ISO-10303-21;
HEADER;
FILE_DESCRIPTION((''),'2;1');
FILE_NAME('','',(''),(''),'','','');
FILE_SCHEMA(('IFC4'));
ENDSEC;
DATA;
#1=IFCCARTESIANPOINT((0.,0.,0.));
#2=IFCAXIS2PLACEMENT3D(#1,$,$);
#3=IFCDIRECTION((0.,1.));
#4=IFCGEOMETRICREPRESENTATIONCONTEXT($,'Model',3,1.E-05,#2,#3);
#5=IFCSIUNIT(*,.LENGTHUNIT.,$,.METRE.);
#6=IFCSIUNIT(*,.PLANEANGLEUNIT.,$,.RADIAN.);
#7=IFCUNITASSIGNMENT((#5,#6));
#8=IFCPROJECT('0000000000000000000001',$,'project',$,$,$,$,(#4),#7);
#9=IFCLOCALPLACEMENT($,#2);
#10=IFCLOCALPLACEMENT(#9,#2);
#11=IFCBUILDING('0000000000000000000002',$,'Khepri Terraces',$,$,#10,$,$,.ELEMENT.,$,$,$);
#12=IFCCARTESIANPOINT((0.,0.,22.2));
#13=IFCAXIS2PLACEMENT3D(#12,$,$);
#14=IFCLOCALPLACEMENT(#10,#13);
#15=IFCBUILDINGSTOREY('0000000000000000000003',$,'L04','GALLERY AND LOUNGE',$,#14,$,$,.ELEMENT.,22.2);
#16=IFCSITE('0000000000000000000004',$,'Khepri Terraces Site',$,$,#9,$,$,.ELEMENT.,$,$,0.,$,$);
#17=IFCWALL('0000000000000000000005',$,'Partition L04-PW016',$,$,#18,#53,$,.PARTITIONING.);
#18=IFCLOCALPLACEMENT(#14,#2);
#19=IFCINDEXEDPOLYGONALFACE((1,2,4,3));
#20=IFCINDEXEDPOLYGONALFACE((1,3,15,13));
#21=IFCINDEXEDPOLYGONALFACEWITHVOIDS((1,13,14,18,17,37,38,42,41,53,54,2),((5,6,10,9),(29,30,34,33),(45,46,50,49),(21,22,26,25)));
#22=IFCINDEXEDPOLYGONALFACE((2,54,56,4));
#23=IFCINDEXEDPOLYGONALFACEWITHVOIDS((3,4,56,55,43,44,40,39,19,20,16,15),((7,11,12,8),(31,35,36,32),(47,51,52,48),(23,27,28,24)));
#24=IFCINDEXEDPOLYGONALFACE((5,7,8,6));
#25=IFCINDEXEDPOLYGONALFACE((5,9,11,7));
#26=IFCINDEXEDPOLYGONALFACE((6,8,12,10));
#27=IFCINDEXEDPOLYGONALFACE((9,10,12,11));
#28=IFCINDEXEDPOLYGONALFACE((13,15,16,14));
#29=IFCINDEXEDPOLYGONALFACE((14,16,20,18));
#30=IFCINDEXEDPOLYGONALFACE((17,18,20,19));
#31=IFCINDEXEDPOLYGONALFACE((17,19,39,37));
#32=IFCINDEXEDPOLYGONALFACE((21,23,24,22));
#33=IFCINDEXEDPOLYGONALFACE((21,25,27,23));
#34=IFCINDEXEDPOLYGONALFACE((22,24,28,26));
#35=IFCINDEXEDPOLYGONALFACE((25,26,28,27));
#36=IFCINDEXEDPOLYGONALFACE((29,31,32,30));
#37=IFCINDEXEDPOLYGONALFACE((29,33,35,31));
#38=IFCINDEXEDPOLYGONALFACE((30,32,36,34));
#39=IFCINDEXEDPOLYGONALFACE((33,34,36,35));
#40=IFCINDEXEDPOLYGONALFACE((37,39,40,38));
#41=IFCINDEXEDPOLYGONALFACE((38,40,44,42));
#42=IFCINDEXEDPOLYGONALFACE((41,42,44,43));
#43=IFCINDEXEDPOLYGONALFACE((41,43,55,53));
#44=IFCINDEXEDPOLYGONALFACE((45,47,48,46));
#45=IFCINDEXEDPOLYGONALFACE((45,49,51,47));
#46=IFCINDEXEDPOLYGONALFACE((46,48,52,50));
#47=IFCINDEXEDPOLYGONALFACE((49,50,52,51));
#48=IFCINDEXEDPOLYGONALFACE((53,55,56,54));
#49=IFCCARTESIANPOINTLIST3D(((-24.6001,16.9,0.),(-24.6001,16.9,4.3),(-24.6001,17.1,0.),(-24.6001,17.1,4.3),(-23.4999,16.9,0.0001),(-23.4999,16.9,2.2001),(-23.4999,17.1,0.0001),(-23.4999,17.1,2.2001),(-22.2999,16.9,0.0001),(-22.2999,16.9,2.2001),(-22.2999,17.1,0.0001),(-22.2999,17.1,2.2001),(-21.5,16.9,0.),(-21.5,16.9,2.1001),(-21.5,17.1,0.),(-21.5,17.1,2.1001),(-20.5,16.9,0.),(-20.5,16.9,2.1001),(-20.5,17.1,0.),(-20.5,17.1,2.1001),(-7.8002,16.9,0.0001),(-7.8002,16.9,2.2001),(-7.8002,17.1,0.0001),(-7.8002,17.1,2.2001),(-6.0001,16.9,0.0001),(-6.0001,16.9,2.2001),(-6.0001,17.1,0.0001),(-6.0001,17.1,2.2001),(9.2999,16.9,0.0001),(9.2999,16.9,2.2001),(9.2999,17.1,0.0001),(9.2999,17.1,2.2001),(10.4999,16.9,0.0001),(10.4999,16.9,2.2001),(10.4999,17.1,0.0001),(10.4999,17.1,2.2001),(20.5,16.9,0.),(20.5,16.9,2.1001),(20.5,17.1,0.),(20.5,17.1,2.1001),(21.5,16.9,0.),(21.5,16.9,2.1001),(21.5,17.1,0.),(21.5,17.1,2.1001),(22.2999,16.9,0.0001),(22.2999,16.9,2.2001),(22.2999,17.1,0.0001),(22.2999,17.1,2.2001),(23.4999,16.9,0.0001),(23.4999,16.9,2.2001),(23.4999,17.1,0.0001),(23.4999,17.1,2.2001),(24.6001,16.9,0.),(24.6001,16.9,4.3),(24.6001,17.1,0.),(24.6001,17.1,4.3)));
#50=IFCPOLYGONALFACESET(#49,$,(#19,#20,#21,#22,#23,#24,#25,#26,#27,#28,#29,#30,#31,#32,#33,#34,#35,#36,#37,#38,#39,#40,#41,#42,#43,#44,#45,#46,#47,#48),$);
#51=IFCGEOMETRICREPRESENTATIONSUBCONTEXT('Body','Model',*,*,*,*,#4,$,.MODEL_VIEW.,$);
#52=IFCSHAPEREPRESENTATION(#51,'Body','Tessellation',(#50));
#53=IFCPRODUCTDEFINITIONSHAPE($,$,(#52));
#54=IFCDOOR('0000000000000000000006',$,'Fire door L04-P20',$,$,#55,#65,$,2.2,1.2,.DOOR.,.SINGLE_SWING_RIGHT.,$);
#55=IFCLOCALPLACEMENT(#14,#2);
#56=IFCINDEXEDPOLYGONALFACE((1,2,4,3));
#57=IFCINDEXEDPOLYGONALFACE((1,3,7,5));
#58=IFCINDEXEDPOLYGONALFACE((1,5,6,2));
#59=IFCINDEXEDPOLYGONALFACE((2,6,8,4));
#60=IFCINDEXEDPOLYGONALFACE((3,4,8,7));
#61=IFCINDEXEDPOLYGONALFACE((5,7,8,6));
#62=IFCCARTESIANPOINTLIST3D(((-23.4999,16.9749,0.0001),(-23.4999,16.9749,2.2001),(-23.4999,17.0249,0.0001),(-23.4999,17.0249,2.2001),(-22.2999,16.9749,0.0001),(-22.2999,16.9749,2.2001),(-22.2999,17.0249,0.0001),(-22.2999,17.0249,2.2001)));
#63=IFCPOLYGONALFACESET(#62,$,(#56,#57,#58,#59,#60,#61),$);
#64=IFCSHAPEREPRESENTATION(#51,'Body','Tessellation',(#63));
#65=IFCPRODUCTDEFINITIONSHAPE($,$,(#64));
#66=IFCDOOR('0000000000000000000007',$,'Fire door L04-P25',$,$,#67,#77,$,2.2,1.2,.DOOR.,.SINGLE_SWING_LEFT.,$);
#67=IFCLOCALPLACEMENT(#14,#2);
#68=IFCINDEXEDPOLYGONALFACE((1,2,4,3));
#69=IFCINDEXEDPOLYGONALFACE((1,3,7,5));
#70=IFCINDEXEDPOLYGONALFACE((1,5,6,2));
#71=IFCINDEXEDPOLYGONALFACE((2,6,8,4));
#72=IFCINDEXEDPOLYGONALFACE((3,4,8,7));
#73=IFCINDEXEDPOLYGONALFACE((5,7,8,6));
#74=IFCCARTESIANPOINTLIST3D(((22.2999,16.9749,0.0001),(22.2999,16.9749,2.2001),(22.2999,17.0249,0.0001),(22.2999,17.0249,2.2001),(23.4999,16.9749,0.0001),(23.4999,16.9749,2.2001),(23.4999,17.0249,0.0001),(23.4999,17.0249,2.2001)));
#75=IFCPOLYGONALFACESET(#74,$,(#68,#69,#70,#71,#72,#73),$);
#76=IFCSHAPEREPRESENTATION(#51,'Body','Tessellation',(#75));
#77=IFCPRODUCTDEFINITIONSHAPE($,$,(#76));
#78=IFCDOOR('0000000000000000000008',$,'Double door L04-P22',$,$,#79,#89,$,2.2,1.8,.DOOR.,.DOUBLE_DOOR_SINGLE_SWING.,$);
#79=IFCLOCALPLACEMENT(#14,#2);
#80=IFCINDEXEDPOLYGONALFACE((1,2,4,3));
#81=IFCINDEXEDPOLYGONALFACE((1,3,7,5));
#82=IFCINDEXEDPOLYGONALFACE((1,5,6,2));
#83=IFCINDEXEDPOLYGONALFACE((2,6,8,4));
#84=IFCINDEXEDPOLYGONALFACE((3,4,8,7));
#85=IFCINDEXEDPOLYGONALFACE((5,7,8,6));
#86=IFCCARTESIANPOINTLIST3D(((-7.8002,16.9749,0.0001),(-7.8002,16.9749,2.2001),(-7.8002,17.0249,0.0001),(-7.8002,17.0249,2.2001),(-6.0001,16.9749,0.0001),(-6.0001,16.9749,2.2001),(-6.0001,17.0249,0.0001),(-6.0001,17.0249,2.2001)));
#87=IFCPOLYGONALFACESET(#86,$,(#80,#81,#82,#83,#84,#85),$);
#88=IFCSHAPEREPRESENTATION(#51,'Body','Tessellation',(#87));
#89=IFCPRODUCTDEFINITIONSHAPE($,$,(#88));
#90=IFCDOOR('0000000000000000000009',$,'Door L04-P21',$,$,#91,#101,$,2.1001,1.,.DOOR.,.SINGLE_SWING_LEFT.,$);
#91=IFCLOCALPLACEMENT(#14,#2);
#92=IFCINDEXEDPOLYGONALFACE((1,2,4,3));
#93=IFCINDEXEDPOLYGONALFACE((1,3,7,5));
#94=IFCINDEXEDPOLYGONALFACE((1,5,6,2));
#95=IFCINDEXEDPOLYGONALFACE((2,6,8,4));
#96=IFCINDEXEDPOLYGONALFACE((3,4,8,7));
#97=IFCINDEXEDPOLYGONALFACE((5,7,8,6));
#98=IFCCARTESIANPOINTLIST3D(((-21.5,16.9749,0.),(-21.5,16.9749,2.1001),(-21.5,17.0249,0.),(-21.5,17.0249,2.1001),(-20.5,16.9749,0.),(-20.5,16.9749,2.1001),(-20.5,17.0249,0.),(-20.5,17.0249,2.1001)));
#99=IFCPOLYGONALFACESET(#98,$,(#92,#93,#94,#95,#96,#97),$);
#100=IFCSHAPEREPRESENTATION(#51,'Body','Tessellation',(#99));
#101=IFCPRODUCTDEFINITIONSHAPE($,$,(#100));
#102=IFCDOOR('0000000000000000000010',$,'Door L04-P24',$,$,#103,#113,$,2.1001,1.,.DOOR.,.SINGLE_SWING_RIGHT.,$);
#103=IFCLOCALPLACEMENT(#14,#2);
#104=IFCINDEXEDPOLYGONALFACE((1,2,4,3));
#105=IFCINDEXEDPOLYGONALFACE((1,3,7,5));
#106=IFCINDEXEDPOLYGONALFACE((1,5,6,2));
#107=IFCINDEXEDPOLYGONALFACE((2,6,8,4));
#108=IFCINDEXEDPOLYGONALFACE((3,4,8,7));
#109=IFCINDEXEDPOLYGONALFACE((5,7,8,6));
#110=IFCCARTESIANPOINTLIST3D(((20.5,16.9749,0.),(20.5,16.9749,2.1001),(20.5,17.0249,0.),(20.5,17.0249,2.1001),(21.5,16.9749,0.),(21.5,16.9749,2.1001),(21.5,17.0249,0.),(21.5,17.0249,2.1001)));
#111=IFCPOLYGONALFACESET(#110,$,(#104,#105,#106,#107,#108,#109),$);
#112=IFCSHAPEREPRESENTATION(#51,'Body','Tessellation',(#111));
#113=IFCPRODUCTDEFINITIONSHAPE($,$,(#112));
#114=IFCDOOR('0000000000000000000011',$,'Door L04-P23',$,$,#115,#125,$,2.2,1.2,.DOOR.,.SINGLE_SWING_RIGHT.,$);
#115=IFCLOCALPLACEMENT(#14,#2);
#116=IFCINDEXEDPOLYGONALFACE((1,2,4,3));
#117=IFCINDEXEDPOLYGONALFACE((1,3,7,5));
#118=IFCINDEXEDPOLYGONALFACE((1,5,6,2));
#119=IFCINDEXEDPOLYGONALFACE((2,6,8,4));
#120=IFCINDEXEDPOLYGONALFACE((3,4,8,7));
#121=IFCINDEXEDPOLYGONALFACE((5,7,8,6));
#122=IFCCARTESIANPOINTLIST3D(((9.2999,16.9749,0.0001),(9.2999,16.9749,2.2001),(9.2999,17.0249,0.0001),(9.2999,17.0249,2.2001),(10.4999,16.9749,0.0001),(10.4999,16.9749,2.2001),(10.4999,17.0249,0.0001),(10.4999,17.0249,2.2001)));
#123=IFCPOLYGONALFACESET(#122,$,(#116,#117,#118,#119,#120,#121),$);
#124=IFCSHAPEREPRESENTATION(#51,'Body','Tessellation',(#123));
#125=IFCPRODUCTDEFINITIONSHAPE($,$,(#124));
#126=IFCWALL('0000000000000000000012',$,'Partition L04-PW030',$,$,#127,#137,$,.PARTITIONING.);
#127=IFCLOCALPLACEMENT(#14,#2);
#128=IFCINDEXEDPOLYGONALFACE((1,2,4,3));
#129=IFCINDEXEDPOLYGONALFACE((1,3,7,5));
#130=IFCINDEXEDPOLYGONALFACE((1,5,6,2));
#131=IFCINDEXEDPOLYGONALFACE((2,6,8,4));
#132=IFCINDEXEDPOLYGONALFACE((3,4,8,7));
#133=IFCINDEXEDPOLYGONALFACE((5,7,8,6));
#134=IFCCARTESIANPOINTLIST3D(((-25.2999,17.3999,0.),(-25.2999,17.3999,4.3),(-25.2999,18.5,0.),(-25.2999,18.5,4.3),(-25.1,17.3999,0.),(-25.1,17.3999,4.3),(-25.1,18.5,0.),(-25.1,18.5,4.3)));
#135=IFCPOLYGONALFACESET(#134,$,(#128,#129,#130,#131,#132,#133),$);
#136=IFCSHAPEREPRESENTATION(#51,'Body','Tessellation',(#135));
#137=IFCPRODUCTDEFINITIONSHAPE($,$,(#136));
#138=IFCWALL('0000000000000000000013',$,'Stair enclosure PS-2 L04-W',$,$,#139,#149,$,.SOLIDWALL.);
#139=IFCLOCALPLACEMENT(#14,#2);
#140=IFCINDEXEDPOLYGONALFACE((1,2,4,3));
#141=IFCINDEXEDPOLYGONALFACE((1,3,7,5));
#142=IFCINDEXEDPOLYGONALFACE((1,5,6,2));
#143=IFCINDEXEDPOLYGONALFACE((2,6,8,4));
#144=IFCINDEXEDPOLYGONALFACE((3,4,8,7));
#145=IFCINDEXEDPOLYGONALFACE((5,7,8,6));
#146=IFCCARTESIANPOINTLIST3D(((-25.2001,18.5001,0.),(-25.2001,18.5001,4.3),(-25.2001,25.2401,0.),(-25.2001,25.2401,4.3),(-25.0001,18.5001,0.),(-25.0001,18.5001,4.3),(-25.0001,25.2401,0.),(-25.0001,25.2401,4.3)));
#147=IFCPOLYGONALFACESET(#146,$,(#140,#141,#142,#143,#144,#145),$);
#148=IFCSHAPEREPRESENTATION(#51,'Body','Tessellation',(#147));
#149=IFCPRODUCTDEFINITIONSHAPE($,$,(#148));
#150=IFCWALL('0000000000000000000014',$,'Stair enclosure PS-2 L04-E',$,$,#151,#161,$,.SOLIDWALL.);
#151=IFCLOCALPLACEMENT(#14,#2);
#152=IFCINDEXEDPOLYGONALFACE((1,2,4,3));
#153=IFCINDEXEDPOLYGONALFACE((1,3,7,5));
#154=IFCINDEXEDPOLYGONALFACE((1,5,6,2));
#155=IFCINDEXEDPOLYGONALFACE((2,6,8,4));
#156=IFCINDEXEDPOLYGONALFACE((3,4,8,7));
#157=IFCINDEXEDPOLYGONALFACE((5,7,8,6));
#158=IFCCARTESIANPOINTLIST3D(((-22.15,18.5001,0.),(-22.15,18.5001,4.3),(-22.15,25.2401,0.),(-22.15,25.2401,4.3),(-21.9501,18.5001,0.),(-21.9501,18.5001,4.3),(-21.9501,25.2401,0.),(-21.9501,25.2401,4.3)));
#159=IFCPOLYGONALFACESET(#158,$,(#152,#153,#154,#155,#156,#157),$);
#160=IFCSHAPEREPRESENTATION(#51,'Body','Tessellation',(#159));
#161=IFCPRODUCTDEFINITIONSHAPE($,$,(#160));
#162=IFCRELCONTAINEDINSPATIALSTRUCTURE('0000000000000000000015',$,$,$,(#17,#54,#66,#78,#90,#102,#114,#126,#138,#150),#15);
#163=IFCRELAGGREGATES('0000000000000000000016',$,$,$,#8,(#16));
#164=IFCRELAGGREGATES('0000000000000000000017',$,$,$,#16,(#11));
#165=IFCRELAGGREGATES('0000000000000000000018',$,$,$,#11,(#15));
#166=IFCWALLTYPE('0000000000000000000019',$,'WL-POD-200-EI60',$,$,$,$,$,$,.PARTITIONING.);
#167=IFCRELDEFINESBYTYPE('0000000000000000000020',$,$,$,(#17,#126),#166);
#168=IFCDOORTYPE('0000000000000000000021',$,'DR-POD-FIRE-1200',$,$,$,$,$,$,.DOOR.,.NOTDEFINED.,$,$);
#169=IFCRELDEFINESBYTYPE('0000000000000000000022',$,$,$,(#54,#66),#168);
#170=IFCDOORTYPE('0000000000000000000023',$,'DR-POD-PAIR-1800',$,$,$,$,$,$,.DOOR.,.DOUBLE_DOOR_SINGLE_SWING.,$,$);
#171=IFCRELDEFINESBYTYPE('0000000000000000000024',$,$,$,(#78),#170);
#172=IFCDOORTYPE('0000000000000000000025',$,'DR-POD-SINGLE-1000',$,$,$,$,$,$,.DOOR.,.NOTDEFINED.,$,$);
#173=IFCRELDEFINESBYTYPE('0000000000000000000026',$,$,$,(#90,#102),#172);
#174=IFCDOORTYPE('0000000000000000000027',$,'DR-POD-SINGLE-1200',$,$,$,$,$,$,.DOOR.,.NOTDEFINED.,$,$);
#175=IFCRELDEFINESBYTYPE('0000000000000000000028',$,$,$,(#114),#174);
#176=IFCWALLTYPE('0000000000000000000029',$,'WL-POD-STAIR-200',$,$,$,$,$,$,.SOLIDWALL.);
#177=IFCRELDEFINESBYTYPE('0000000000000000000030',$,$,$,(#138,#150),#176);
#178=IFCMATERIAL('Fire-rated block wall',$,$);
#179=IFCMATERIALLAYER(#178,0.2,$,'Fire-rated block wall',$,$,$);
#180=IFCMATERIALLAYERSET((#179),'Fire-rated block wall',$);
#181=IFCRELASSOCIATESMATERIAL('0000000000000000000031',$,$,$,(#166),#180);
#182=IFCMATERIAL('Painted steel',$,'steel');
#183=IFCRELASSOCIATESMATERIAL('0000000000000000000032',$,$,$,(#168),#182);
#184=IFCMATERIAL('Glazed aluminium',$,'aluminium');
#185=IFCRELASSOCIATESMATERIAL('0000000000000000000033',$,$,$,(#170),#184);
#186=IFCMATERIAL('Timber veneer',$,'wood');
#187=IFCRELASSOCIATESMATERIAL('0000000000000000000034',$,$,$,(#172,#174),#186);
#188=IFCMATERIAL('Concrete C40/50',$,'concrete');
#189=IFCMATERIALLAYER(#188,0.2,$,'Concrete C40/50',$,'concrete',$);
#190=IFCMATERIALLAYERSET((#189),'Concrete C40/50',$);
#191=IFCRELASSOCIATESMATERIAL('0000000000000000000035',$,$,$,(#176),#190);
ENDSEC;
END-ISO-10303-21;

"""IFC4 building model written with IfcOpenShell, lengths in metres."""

from ifc_helpers import new_model, si_unit, direction, frame, frame_2d, origin, place, context, subcontext, project, spatial, rectangle, extrude, material, layer, layer_set, type_object, element, fill, save


model = new_model("IFC4")

# Units and contexts
model_context = context("Model", 3, precision=1e-05, world=origin(), true_north=direction((0.0, 1.0)))
body_context = subcontext(model_context, "Body", "Model", "MODEL_VIEW")
ifc_project = project(units=[si_unit("LENGTHUNIT", "METRE"), si_unit("PLANEANGLEUNIT", "RADIAN")], contexts=[model_context])

# Site, building, storey
site_placement = place(None, origin())
site = spatial("IfcSite", under=ifc_project, at=site_placement, Name="Khepri Terraces Site", CompositionType="ELEMENT", RefElevation=0.0)
building_placement = place(site_placement, origin())
building = spatial("IfcBuilding", under=site, at=building_placement, Name="Khepri Terraces", CompositionType="ELEMENT")
storey_placement = place(building_placement, frame((0.0, 0.0, 22.2)))
storey = spatial("IfcBuildingStorey", under=building, at=storey_placement, Name="L04", Description="GALLERY AND LOUNGE", CompositionType="ELEMENT", Elevation=22.2)

# Wall, openings, doors
ifc_material_1 = material(Name="Fire-rated block wall")
ifc_layer_1 = layer(ifc_material_1, 0.2, Name="Fire-rated block wall")
ifc_layer_set_1 = layer_set([ifc_layer_1], Name="Fire-rated block wall")
wall_type_1 = type_object("IfcWallType", Name="WL-POD-200-EI60", PredefinedType="PARTITIONING", material=ifc_layer_set_1)
wall_1_placement = place(storey_placement, frame((-24.6001, 17.0, 0.0), z_axis=(0.0, 0.0, 1.0), x_axis=(1.0, 0.0, 0.0)))
wall_1 = element("IfcWall", 1, at=wall_1_placement, inside=storey, type_object=wall_type_1, Name="Partition L04-PW016", PredefinedType="PARTITIONING", context=body_context, shape_type="SweptSolid", body=[
    extrude(rectangle(XDim=49.2002, YDim=0.2, at=frame_2d((24.6001, 0.0))), origin(), (0.0, 0.0, 1.0), 4.3),
])
opening_1_placement = place(wall_1_placement, frame((1.1001, 0.0, 0.0)))
opening_1 = element("IfcOpeningElement", 2, at=opening_1_placement, cuts=wall_1, PredefinedType="OPENING", context=body_context, shape_type="SweptSolid", body=[
    extrude(rectangle(XDim=1.2, YDim=2.2, at=frame_2d((0.6001, 1.1001))), frame((0.0, 0.1099, 0.0), z_axis=(0.0, -1.0, 0.0), x_axis=(1.0, 0.0, 0.0)), (0.0, 0.0, 1.0), 0.22),
])
opening_2_placement = place(wall_1_placement, frame((3.1001, 0.0, 0.0)))
opening_2 = element("IfcOpeningElement", 3, at=opening_2_placement, cuts=wall_1, PredefinedType="OPENING", context=body_context, shape_type="SweptSolid", body=[
    extrude(rectangle(XDim=1.0, YDim=2.1001, at=frame_2d((0.5, 1.05))), frame((0.0, 0.1099, 0.0), z_axis=(0.0, -1.0, 0.0), x_axis=(1.0, 0.0, 0.0)), (0.0, 0.0, 1.0), 0.22),
])
opening_3_placement = place(wall_1_placement, frame((16.8, 0.0, 0.0)))
opening_3 = element("IfcOpeningElement", 4, at=opening_3_placement, cuts=wall_1, PredefinedType="OPENING", context=body_context, shape_type="SweptSolid", body=[
    extrude(rectangle(XDim=1.8, YDim=2.2, at=frame_2d((0.8999, 1.1001))), frame((0.0, 0.1099, 0.0), z_axis=(0.0, -1.0, 0.0), x_axis=(1.0, 0.0, 0.0)), (0.0, 0.0, 1.0), 0.22),
])
opening_4_placement = place(wall_1_placement, frame((33.8999, 0.0, 0.0)))
opening_4 = element("IfcOpeningElement", 5, at=opening_4_placement, cuts=wall_1, PredefinedType="OPENING", context=body_context, shape_type="SweptSolid", body=[
    extrude(rectangle(XDim=1.2, YDim=2.2, at=frame_2d((0.6001, 1.1001))), frame((0.0, 0.1099, 0.0), z_axis=(0.0, -1.0, 0.0), x_axis=(1.0, 0.0, 0.0)), (0.0, 0.0, 1.0), 0.22),
])
opening_5_placement = place(wall_1_placement, frame((45.1001, 0.0, 0.0)))
opening_5 = element("IfcOpeningElement", 6, at=opening_5_placement, cuts=wall_1, PredefinedType="OPENING", context=body_context, shape_type="SweptSolid", body=[
    extrude(rectangle(XDim=1.0, YDim=2.1001, at=frame_2d((0.5, 1.05))), frame((0.0, 0.1099, 0.0), z_axis=(0.0, -1.0, 0.0), x_axis=(1.0, 0.0, 0.0)), (0.0, 0.0, 1.0), 0.22),
])
opening_6_placement = place(wall_1_placement, frame((46.8999, 0.0, 0.0)))
opening_6 = element("IfcOpeningElement", 7, at=opening_6_placement, cuts=wall_1, PredefinedType="OPENING", context=body_context, shape_type="SweptSolid", body=[
    extrude(rectangle(XDim=1.2, YDim=2.2, at=frame_2d((0.6001, 1.1001))), frame((0.0, 0.1099, 0.0), z_axis=(0.0, -1.0, 0.0), x_axis=(1.0, 0.0, 0.0)), (0.0, 0.0, 1.0), 0.22),
])
ifc_material_2 = material(Name="Painted steel", Category="steel")
door_type_1 = type_object("IfcDoorType", Name="DR-POD-FIRE-1200", OperationType="NOTDEFINED", PredefinedType="DOOR", material=ifc_material_2)
door_1_placement = place(opening_1_placement, origin())
door_1 = element("IfcDoor", 8, at=door_1_placement, inside=storey, type_object=door_type_1, Name="Fire door L04-P20", OperationType="SINGLE_SWING_RIGHT", OverallHeight=2.2, OverallWidth=1.2, PredefinedType="DOOR", context=body_context, shape_type="SweptSolid", body=[
    extrude(rectangle(XDim=1.2, YDim=2.2, at=frame_2d((0.6001, 1.1001))), frame((0.0, 0.0249, 0.0), z_axis=(0.0, -1.0, 0.0), x_axis=(1.0, 0.0, 0.0)), (0.0, 0.0, 1.0), 0.05),
])
fill(opening_1, door_1)
door_2_placement = place(opening_6_placement, origin())
door_2 = element("IfcDoor", 9, at=door_2_placement, inside=storey, type_object=door_type_1, Name="Fire door L04-P25", OperationType="SINGLE_SWING_LEFT", OverallHeight=2.2, OverallWidth=1.2, PredefinedType="DOOR", context=body_context, shape_type="SweptSolid", body=[
    extrude(rectangle(XDim=1.2, YDim=2.2, at=frame_2d((0.6001, 1.1001))), frame((0.0, 0.0249, 0.0), z_axis=(0.0, -1.0, 0.0), x_axis=(1.0, 0.0, 0.0)), (0.0, 0.0, 1.0), 0.05),
])
fill(opening_6, door_2)
ifc_material_3 = material(Name="Glazed aluminium", Category="aluminium")
door_type_2 = type_object("IfcDoorType", Name="DR-POD-PAIR-1800", OperationType="DOUBLE_DOOR_SINGLE_SWING", PredefinedType="DOOR", material=ifc_material_3)
door_3_placement = place(opening_3_placement, origin())
door_3 = element("IfcDoor", 10, at=door_3_placement, inside=storey, type_object=door_type_2, Name="Double door L04-P22", OperationType="DOUBLE_DOOR_SINGLE_SWING", OverallHeight=2.2, OverallWidth=1.8, PredefinedType="DOOR", context=body_context, shape_type="SweptSolid", body=[
    extrude(rectangle(XDim=1.8, YDim=2.2, at=frame_2d((0.8999, 1.1001))), frame((0.0, 0.0249, 0.0), z_axis=(0.0, -1.0, 0.0), x_axis=(1.0, 0.0, 0.0)), (0.0, 0.0, 1.0), 0.05),
])
fill(opening_3, door_3)
ifc_material_4 = material(Name="Timber veneer", Category="wood")
door_type_3 = type_object("IfcDoorType", Name="DR-POD-SINGLE-1000", OperationType="NOTDEFINED", PredefinedType="DOOR", material=ifc_material_4)
door_4_placement = place(opening_2_placement, origin())
door_4 = element("IfcDoor", 11, at=door_4_placement, inside=storey, type_object=door_type_3, Name="Door L04-P21", OperationType="SINGLE_SWING_LEFT", OverallHeight=2.1001, OverallWidth=1.0, PredefinedType="DOOR", context=body_context, shape_type="SweptSolid", body=[
    extrude(rectangle(XDim=1.0, YDim=2.1001, at=frame_2d((0.5, 1.05))), frame((0.0, 0.0249, 0.0), z_axis=(0.0, -1.0, 0.0), x_axis=(1.0, 0.0, 0.0)), (0.0, 0.0, 1.0), 0.05),
])
fill(opening_2, door_4)
door_5_placement = place(opening_5_placement, origin())
door_5 = element("IfcDoor", 12, at=door_5_placement, inside=storey, type_object=door_type_3, Name="Door L04-P24", OperationType="SINGLE_SWING_RIGHT", OverallHeight=2.1001, OverallWidth=1.0, PredefinedType="DOOR", context=body_context, shape_type="SweptSolid", body=[
    extrude(rectangle(XDim=1.0, YDim=2.1001, at=frame_2d((0.5, 1.05))), frame((0.0, 0.0249, 0.0), z_axis=(0.0, -1.0, 0.0), x_axis=(1.0, 0.0, 0.0)), (0.0, 0.0, 1.0), 0.05),
])
fill(opening_5, door_5)
door_type_4 = type_object("IfcDoorType", Name="DR-POD-SINGLE-1200", OperationType="NOTDEFINED", PredefinedType="DOOR", material=ifc_material_4)
door_6_placement = place(opening_4_placement, origin())
door_6 = element("IfcDoor", 13, at=door_6_placement, inside=storey, type_object=door_type_4, Name="Door L04-P23", OperationType="SINGLE_SWING_RIGHT", OverallHeight=2.2, OverallWidth=1.2, PredefinedType="DOOR", context=body_context, shape_type="SweptSolid", body=[
    extrude(rectangle(XDim=1.2, YDim=2.2, at=frame_2d((0.6001, 1.1001))), frame((0.0, 0.0249, 0.0), z_axis=(0.0, -1.0, 0.0), x_axis=(1.0, 0.0, 0.0)), (0.0, 0.0, 1.0), 0.05),
])
fill(opening_4, door_6)

# Walls
wall_2_placement = place(storey_placement, frame((-25.2, 17.3999, 0.0), z_axis=(0.0, 0.0, 1.0), x_axis=(0.0, 1.0, 0.0)))
element("IfcWall", 14, at=wall_2_placement, inside=storey, type_object=wall_type_1, Name="Partition L04-PW030", PredefinedType="PARTITIONING", context=body_context, shape_type="SweptSolid", body=[
    extrude(rectangle(XDim=1.1001, YDim=0.2, at=frame_2d((0.55, 0.0))), origin(), (0.0, 0.0, 1.0), 4.3),
])
ifc_material_5 = material(Name="Concrete C40/50", Category="concrete")
ifc_layer_2 = layer(ifc_material_5, 0.2, Name="Concrete C40/50", Category="concrete")
ifc_layer_set_2 = layer_set([ifc_layer_2], Name="Concrete C40/50")
wall_type_2 = type_object("IfcWallType", Name="WL-POD-STAIR-200", PredefinedType="SOLIDWALL", material=ifc_layer_set_2)
for number, where, z_axis, x_axis, name in (
    (15, (-25.1001, 18.5, 0.0), (0.0, 0.0, 1.0), (0.0, 1.0, 0.0), "Stair enclosure PS-2 L04-W"),
    (16, (-22.05, 18.5, 0.0), (0.0, 0.0, 1.0), (0.0, 1.0, 0.0), "Stair enclosure PS-2 L04-E"),
):
    element("IfcWall", number, at=place(storey_placement, frame(where, z_axis=z_axis, x_axis=x_axis)), inside=storey, type_object=wall_type_2, Name=name, PredefinedType="SOLIDWALL", context=body_context, shape_type="SweptSolid", body=[
        extrude(rectangle(XDim=6.74, YDim=0.2, at=frame_2d((3.3701, 0.0))), origin(), (0.0, 0.0, 1.0), 4.3),
    ])

save(model, "model.ifc")
